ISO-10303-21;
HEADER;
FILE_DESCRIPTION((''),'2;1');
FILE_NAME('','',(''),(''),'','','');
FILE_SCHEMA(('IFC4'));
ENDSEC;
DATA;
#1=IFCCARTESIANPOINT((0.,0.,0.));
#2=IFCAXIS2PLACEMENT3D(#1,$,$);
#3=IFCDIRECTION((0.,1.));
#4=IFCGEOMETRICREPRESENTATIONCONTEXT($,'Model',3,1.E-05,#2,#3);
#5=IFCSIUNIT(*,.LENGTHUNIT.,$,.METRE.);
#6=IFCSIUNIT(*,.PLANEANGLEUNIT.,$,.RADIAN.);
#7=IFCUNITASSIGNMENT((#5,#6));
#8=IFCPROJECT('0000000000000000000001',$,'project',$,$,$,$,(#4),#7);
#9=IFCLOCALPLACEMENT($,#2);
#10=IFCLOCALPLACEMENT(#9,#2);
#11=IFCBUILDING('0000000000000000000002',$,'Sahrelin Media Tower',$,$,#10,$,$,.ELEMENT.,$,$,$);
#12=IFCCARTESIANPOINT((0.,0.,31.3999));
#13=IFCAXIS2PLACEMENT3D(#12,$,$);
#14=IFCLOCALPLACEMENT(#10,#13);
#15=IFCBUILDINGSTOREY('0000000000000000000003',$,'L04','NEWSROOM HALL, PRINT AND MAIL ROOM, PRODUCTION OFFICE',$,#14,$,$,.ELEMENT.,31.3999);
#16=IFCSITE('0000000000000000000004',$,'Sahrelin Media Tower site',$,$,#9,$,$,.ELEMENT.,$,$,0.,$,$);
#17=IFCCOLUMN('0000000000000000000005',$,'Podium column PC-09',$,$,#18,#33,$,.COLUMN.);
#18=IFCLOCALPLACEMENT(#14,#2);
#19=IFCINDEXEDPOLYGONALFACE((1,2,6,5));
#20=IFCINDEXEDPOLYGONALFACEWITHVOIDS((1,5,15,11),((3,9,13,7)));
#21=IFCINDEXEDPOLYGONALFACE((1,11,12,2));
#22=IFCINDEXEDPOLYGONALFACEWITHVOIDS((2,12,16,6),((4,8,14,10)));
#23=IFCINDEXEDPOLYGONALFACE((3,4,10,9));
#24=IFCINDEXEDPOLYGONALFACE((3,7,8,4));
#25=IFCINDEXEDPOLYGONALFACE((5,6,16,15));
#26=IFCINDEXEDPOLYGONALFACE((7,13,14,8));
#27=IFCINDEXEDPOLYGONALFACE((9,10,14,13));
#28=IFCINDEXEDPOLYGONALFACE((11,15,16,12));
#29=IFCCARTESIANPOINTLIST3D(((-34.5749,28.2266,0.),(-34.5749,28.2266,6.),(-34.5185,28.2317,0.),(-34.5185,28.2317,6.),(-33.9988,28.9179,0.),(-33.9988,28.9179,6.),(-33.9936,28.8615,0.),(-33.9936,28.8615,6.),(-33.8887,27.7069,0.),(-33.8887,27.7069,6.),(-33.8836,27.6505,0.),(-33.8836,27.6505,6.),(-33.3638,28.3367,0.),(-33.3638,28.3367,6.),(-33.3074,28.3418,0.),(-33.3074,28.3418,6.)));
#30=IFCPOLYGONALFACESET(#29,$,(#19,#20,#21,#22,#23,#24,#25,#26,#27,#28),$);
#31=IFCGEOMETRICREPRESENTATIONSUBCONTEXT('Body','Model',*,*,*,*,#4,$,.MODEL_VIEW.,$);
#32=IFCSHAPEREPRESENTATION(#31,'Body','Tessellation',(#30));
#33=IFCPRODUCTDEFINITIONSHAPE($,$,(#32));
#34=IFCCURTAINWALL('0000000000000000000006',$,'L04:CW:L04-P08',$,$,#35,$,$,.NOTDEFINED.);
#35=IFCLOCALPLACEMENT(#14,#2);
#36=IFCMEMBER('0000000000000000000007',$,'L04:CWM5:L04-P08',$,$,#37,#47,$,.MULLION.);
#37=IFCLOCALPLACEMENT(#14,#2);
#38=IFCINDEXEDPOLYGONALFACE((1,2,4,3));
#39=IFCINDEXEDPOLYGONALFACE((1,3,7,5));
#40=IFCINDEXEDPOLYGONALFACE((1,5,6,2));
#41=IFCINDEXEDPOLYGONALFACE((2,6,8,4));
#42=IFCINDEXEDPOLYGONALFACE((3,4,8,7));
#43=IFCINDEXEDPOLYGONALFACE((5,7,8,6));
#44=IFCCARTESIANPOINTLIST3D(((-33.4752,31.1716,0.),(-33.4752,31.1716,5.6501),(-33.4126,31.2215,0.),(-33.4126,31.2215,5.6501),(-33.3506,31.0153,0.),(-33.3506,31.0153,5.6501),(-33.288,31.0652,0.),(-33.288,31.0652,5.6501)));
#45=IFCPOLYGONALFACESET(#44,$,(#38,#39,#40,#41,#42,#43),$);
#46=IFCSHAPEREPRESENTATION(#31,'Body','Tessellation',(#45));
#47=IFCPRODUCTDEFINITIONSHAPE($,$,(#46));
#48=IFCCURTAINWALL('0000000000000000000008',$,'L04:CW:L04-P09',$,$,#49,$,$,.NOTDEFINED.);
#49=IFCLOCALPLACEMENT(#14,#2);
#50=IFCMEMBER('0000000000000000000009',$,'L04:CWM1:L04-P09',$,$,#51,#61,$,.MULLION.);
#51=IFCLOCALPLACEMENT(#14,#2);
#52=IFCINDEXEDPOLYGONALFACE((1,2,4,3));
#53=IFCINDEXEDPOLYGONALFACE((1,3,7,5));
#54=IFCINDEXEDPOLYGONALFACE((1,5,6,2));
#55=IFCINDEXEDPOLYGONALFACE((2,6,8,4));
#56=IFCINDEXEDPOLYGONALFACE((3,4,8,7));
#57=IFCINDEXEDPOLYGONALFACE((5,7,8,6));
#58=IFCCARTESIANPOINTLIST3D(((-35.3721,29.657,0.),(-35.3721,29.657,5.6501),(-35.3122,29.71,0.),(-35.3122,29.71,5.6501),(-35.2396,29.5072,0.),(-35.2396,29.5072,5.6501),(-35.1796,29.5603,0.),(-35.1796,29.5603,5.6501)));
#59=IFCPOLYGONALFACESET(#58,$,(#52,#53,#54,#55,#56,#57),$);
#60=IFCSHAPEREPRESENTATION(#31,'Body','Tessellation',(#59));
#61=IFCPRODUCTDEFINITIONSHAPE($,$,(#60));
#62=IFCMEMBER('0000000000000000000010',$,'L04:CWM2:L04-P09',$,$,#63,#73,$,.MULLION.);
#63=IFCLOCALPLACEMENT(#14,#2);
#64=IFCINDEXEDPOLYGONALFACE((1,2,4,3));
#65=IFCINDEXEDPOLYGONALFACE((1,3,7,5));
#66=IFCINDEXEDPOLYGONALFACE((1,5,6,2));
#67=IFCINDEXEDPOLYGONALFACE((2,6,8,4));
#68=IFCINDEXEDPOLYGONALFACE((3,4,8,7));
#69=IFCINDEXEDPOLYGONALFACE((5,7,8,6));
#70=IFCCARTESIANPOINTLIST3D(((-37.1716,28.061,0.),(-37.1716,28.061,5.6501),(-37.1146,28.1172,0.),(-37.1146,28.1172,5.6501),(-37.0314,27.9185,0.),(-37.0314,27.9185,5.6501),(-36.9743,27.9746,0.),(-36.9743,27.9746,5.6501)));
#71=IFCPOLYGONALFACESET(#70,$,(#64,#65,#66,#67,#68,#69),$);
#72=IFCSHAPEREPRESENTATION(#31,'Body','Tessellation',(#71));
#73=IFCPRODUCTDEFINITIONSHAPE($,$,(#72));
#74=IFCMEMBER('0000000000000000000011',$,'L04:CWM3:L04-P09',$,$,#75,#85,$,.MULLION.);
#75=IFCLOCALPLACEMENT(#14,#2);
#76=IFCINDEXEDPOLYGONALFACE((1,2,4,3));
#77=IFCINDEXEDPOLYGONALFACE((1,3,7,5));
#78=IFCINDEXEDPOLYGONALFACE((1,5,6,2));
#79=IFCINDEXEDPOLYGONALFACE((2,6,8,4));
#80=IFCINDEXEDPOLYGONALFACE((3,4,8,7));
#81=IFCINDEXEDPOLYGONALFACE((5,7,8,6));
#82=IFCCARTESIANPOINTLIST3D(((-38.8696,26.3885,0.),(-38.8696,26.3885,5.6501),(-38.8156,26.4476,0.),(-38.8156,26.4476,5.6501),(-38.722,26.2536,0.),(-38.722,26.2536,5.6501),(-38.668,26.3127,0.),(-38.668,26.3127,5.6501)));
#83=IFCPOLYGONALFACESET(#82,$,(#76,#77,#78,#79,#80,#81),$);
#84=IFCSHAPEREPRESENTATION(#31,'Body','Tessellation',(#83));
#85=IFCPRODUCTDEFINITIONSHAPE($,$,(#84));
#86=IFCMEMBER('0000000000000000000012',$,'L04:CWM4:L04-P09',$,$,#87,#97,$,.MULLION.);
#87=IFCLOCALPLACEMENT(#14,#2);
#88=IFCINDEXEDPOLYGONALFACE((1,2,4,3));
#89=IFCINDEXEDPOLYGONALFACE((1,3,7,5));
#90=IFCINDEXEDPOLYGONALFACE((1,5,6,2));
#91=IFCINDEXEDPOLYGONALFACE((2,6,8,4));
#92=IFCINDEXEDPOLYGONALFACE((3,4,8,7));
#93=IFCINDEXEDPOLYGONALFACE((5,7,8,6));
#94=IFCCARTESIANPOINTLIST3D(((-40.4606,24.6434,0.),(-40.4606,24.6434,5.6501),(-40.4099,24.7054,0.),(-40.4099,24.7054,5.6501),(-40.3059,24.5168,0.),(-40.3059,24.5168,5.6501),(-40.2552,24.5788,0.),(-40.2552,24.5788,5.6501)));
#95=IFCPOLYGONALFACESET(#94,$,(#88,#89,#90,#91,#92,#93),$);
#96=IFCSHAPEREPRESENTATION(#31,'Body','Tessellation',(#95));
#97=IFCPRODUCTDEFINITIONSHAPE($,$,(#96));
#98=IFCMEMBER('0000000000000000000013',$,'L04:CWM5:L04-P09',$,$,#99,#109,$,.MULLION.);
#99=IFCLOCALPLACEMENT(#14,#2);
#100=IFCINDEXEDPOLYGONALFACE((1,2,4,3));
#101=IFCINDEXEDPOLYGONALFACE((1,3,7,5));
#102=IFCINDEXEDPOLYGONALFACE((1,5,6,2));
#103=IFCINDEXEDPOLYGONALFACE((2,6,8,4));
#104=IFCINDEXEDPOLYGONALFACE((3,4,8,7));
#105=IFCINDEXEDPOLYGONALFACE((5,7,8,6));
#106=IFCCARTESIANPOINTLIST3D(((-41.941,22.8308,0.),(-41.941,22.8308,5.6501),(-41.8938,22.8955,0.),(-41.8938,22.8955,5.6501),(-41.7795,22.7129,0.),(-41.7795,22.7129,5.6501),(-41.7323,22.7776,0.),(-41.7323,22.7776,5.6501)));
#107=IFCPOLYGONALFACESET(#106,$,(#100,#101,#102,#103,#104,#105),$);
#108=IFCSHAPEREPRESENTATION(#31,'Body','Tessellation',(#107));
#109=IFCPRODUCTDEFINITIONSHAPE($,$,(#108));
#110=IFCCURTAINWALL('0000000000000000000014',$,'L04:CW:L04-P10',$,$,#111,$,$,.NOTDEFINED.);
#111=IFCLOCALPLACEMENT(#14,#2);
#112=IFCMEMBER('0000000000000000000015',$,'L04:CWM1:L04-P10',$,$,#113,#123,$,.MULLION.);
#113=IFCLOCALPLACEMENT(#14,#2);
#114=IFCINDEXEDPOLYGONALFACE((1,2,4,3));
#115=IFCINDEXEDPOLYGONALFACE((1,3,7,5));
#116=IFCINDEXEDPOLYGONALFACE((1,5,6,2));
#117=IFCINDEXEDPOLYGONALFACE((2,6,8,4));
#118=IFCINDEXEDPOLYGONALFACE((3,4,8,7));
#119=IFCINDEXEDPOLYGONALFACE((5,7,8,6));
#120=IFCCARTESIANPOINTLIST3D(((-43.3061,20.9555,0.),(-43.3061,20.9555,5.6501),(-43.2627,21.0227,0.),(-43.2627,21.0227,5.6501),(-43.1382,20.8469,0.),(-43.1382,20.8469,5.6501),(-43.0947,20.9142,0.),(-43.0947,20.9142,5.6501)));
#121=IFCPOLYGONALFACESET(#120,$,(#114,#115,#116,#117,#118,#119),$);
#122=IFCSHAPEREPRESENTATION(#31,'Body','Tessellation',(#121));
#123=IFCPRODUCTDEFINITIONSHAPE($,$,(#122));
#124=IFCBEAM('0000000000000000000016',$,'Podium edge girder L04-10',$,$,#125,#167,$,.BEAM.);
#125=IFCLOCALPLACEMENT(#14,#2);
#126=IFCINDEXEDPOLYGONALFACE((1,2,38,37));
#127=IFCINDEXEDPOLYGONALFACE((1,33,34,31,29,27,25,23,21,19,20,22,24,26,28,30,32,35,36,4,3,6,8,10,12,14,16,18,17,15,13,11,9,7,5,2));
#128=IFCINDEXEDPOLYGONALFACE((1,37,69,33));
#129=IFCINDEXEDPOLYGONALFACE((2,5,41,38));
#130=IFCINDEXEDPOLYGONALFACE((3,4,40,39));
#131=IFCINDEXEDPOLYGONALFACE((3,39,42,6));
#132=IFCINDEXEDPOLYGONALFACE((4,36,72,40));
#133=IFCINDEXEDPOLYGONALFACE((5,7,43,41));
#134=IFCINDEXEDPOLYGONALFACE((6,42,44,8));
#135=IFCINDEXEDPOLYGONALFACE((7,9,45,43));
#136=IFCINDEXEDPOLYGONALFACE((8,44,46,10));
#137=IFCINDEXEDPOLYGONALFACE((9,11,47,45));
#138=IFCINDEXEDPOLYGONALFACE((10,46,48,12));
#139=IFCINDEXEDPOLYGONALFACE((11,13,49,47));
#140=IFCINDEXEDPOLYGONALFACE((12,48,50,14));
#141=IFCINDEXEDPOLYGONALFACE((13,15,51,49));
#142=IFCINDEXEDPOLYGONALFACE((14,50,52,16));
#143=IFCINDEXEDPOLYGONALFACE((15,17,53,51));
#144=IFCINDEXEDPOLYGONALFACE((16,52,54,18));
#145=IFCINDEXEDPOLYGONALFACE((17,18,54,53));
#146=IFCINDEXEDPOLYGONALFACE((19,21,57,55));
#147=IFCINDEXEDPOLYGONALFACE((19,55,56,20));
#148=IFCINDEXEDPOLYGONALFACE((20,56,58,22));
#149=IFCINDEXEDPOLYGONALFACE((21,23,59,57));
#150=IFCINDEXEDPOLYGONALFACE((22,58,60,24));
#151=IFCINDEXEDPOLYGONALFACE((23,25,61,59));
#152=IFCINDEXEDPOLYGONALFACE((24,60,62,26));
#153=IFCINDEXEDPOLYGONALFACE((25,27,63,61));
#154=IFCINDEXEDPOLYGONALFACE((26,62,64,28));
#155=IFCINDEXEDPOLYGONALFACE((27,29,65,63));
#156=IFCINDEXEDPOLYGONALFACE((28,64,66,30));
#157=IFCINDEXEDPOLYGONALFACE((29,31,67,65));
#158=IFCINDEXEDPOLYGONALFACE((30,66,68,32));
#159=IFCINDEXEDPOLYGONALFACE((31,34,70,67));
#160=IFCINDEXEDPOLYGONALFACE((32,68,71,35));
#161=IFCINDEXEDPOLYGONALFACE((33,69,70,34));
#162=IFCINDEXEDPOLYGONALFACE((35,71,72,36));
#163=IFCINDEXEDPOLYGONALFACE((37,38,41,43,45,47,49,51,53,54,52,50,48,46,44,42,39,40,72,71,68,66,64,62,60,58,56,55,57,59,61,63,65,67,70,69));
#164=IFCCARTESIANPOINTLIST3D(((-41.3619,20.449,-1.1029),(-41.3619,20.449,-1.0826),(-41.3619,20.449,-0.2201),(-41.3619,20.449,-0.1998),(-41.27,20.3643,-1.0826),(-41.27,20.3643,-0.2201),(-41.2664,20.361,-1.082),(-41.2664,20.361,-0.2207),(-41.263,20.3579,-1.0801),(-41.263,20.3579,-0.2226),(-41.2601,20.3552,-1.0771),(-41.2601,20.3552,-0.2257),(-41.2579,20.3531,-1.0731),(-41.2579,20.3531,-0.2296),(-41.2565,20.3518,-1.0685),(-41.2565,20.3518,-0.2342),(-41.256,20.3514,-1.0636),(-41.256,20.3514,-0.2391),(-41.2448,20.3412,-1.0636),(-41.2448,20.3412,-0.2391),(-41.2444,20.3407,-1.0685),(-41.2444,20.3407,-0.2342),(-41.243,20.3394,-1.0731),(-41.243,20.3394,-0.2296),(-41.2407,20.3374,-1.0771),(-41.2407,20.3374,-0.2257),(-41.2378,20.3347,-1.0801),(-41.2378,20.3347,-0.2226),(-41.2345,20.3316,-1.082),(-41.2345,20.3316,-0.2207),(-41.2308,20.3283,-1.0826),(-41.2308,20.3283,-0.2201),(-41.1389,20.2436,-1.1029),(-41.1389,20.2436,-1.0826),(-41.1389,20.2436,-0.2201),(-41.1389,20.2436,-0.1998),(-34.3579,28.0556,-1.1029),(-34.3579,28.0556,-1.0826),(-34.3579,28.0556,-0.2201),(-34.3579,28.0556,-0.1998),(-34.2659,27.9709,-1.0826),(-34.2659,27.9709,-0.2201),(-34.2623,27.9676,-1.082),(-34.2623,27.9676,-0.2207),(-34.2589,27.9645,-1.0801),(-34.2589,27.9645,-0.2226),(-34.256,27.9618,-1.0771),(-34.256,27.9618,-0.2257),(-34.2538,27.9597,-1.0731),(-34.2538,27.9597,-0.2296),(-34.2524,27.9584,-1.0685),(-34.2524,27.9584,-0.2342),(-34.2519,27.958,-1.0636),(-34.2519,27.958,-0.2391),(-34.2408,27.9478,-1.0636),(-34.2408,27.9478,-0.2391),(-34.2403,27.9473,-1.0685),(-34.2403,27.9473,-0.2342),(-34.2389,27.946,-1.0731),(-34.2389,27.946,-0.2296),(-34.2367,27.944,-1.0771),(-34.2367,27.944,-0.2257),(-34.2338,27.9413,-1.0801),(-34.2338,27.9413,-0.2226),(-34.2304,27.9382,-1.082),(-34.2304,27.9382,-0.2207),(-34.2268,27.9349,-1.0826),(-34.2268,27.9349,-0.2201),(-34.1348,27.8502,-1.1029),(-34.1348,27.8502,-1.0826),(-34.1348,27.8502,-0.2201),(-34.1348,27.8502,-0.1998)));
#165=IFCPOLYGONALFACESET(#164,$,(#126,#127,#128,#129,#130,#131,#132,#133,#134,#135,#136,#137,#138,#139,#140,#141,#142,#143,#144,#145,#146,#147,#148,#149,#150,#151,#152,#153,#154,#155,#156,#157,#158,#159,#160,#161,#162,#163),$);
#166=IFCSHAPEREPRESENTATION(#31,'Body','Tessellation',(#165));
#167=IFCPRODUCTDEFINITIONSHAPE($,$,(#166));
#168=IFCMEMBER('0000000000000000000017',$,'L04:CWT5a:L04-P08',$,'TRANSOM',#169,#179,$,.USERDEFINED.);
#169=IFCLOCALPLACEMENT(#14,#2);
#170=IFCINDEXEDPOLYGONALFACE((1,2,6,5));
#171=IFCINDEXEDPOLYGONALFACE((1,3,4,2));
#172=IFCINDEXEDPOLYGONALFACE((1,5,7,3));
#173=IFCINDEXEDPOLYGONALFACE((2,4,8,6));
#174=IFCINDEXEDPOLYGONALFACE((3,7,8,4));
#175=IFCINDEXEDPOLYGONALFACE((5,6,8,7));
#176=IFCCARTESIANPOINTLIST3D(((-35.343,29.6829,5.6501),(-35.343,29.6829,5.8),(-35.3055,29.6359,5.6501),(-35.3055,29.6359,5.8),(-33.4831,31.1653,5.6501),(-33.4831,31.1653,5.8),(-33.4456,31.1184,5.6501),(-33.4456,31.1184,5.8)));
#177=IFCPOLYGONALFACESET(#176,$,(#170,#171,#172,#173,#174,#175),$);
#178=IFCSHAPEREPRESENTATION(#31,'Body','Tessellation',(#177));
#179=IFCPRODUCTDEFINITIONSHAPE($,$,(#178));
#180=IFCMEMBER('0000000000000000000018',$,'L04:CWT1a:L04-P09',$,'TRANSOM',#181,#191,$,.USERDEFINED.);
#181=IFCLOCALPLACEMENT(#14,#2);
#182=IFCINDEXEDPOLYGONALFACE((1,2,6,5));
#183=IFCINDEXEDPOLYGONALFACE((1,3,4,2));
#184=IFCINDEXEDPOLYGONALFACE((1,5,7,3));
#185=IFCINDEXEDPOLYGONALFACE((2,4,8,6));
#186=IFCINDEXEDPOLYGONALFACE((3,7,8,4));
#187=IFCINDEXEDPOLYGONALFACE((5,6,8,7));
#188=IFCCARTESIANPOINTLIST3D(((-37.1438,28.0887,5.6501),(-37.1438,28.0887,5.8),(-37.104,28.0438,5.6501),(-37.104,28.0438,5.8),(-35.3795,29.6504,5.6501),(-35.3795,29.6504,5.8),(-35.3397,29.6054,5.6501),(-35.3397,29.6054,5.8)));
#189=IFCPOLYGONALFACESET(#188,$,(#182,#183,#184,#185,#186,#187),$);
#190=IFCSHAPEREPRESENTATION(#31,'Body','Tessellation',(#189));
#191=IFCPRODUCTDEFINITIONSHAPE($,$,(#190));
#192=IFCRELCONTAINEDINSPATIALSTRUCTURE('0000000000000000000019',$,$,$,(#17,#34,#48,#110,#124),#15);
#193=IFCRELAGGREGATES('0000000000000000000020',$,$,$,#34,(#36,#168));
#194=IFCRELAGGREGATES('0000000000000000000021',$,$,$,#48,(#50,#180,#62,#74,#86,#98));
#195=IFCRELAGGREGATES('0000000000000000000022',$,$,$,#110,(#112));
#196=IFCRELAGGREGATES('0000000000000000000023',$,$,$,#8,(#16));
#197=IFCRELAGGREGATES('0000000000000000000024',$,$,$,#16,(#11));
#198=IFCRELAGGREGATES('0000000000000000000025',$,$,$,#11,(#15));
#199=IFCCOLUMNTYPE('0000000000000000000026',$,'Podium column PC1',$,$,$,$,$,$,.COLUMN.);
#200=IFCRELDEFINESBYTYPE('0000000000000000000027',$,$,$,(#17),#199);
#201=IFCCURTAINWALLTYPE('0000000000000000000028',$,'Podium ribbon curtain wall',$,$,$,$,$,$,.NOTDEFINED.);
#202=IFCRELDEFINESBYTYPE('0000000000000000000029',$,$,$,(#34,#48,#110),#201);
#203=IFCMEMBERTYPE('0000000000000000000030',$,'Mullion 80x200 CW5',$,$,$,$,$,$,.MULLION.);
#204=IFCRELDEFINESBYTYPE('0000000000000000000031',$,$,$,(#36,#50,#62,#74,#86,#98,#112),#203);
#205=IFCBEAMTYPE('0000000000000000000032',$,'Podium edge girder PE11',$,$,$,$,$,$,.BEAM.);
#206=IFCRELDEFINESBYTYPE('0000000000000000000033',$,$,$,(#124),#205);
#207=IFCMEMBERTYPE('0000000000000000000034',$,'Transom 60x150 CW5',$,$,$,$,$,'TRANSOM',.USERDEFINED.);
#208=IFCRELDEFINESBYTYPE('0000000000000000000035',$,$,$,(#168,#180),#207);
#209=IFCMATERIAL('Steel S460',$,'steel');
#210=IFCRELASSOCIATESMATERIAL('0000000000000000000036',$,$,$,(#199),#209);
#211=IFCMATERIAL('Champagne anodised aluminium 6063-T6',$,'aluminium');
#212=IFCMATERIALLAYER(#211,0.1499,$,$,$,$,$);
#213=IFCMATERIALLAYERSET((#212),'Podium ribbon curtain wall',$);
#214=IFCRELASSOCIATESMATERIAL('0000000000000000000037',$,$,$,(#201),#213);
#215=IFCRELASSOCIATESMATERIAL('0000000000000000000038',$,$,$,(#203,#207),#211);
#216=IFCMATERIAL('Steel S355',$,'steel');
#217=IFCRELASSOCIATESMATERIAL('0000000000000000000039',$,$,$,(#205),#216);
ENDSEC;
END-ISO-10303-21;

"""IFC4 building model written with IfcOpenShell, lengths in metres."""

from ifc_helpers import new_model, si_unit, direction, frame, origin, origin_2d, place, context, subcontext, project, spatial, rectangle, hollow_rectangle, i_section, extrude, material, layer, layer_set, material_profile, profile_set, type_object, element, aggregate, save


model = new_model("IFC4")

# Units and contexts
model_context = context("Model", 3, precision=1e-05, world=origin(), true_north=direction((0.0, 1.0)))
body_context = subcontext(model_context, "Body", "Model", "MODEL_VIEW")
ifc_project = project(units=[si_unit("LENGTHUNIT", "METRE"), si_unit("PLANEANGLEUNIT", "RADIAN")], contexts=[model_context])

# Site, building, storey
site_placement = place(None, origin())
site = spatial("IfcSite", under=ifc_project, at=site_placement, Name="Sahrelin Media Tower site", CompositionType="ELEMENT", RefElevation=0.0)
building_placement = place(site_placement, origin())
building = spatial("IfcBuilding", under=site, at=building_placement, Name="Sahrelin Media Tower", CompositionType="ELEMENT")
storey_placement = place(building_placement, frame((0.0, 0.0, 31.3999)))
storey = spatial("IfcBuildingStorey", under=building, at=storey_placement, Name="L04", Description="NEWSROOM HALL, PRINT AND MAIL ROOM, PRODUCTION OFFICE", CompositionType="ELEMENT", Elevation=31.3999)

# Column
ifc_material_1 = material(Name="Steel S460", Category="steel")
ifc_material_profile_1 = material_profile(ifc_material_1, hollow_rectangle(XDim=0.8999, YDim=0.8999, WallThickness=0.04, at=origin_2d()), Name="Podium column PC1")
ifc_profile_set_1 = profile_set([ifc_material_profile_1], Name="Steel S460")
column_type = type_object("IfcColumnType", Name="Podium column PC1", PredefinedType="COLUMN", material=ifc_profile_set_1)
column_placement = place(storey_placement, frame((-33.9412, 28.2842, 0.0), z_axis=(0.0, 0.0, 1.0), x_axis=(-0.768221, 0.640185, 0.0)))
element("IfcColumn", 1, at=column_placement, inside=storey, type_object=column_type, Name="Podium column PC-09", PredefinedType="COLUMN", context=body_context, shape_type="SweptSolid", body=[
    extrude(hollow_rectangle(XDim=0.8999, YDim=0.8999, WallThickness=0.04, at=origin_2d()), origin(), (0.0, 0.0, 1.0), 6.0),
])

# Curtain wall, member
ifc_material_2 = material(Name="Champagne anodised aluminium 6063-T6", Category="aluminium")
ifc_layer_1 = layer(ifc_material_2, 0.1499)
ifc_layer_set_1 = layer_set([ifc_layer_1], Name="Podium ribbon curtain wall")
curtain_wall_type = type_object("IfcCurtainWallType", Name="Podium ribbon curtain wall", PredefinedType="NOTDEFINED", material=ifc_layer_set_1)
curtain_wall_1_placement = place(storey_placement, frame((-25.0, 36.373, 0.0), z_axis=(0.0, 0.0, 1.0), x_axis=(1.0, 0.0, 0.0)))
curtain_wall_1 = element("IfcCurtainWall", 2, at=curtain_wall_1_placement, inside=storey, type_object=curtain_wall_type, Name="L04:CW:L04-P08", PredefinedType="NOTDEFINED")
ifc_material_profile_2 = material_profile(ifc_material_2, rectangle(XDim=0.0801, YDim=0.2, at=origin_2d()), Name="Mullion 80x200")
ifc_profile_set_2 = profile_set([ifc_material_profile_2], Name="Champagne anodised aluminium 6063-T6")
member_type_1 = type_object("IfcMemberType", Name="Mullion 80x200 CW5", PredefinedType="MULLION", material=ifc_profile_set_2)
member_1_placement = place(storey_placement, frame((-33.3816, 31.1184, 0.0), z_axis=(0.0, 0.0, 1.0), x_axis=(-0.78196, -0.623328, 0.0)))
member_1 = element("IfcMember", 3, at=member_1_placement, type_object=member_type_1, Name="L04:CWM5:L04-P08", PredefinedType="MULLION", context=body_context, shape_type="SweptSolid", body=[
    extrude(rectangle(XDim=0.0801, YDim=0.2, at=origin_2d()), origin(), (0.0, 0.0, 1.0), 5.6501),
])

# Curtain wall, members
curtain_wall_2_placement = place(storey_placement, frame((-35.3552, 29.6985, 0.0), z_axis=(0.0, 0.0, 1.0), x_axis=(1.0, 0.0, 0.0)))
curtain_wall_2 = element("IfcCurtainWall", 4, at=curtain_wall_2_placement, inside=storey, type_object=curtain_wall_type, Name="L04:CW:L04-P09", PredefinedType="NOTDEFINED")
member_2_placement = place(storey_placement, frame((-35.2759, 29.6086, 0.0), z_axis=(0.0, 0.0, 1.0), x_axis=(-0.748788, -0.66281, 0.0)))
member_2 = element("IfcMember", 5, at=member_2_placement, type_object=member_type_1, Name="L04:CWM1:L04-P09", PredefinedType="MULLION", context=body_context, shape_type="SweptSolid", body=[
    extrude(rectangle(XDim=0.0801, YDim=0.2, at=origin_2d()), origin(), (0.0, 0.0, 1.0), 5.6501),
])
member_3_placement = place(storey_placement, frame((-37.073, 28.0178, 0.0), z_axis=(0.0, 0.0, 1.0), x_axis=(-0.712974, -0.701191, 0.0)))
member_3 = element("IfcMember", 6, at=member_3_placement, type_object=member_type_1, Name="L04:CWM2:L04-P09", PredefinedType="MULLION", context=body_context, shape_type="SweptSolid", body=[
    extrude(rectangle(XDim=0.0801, YDim=0.2, at=origin_2d()), origin(), (0.0, 0.0, 1.0), 5.6501),
])
member_4_placement = place(storey_placement, frame((-38.7688, 26.3506, 0.0), z_axis=(0.0, 0.0, 1.0), x_axis=(-0.67443, -0.738339, 0.0)))
member_4 = element("IfcMember", 7, at=member_4_placement, type_object=member_type_1, Name="L04:CWM3:L04-P09", PredefinedType="MULLION", context=body_context, shape_type="SweptSolid", body=[
    extrude(rectangle(XDim=0.0801, YDim=0.2, at=origin_2d()), origin(), (0.0, 0.0, 1.0), 5.6501),
])
member_5_placement = place(storey_placement, frame((-40.3579, 24.6111, 0.0), z_axis=(0.0, 0.0, 1.0), x_axis=(-0.633235, -0.77396, 0.0)))
member_5 = element("IfcMember", 8, at=member_5_placement, type_object=member_type_1, Name="L04:CWM4:L04-P09", PredefinedType="MULLION", context=body_context, shape_type="SweptSolid", body=[
    extrude(rectangle(XDim=0.0801, YDim=0.2, at=origin_2d()), origin(), (0.0, 0.0, 1.0), 5.6501),
])
member_6_placement = place(storey_placement, frame((-41.8367, 22.8042, 0.0), z_axis=(0.0, 0.0, 1.0), x_axis=(-0.589385, -0.807852, 0.0)))
member_6 = element("IfcMember", 9, at=member_6_placement, type_object=member_type_1, Name="L04:CWM5:L04-P09", PredefinedType="MULLION", context=body_context, shape_type="SweptSolid", body=[
    extrude(rectangle(XDim=0.0801, YDim=0.2, at=origin_2d()), origin(), (0.0, 0.0, 1.0), 5.6501),
])

# Curtain wall, member
curtain_wall_3_placement = place(storey_placement, frame((-43.3013, 21.0, 0.0), z_axis=(0.0, 0.0, 1.0), x_axis=(1.0, 0.0, 0.0)))
curtain_wall_3 = element("IfcCurtainWall", 10, at=curtain_wall_3_placement, inside=storey, type_object=curtain_wall_type, Name="L04:CW:L04-P10", PredefinedType="NOTDEFINED")
member_7_placement = place(storey_placement, frame((-43.2004, 20.9348, 0.0), z_axis=(0.0, 0.0, 1.0), x_axis=(-0.54283, -0.839843, 0.0)))
member_7 = element("IfcMember", 11, at=member_7_placement, type_object=member_type_1, Name="L04:CWM1:L04-P10", PredefinedType="MULLION", context=body_context, shape_type="SweptSolid", body=[
    extrude(rectangle(XDim=0.0801, YDim=0.2, at=origin_2d()), origin(), (0.0, 0.0, 1.0), 5.6501),
])

# Beam
ifc_material_3 = material(Name="Steel S355", Category="steel")
ifc_material_profile_3 = material_profile(ifc_material_3, i_section(OverallWidth=0.3032, OverallDepth=0.9031, WebThickness=0.0151, FlangeThickness=0.0203, FilletRadius=0.019, at=origin_2d()), Name="UB 914x305x201")
ifc_profile_set_3 = profile_set([ifc_material_profile_3], Name="Steel S355")
beam_type = type_object("IfcBeamType", Name="Podium edge girder PE11", PredefinedType="BEAM", material=ifc_profile_set_3)
beam_placement = place(storey_placement, frame((-34.2463, 27.9529, -0.6514), z_axis=(-0.677371, -0.735642, 0.0), x_axis=(0.735642, -0.677371, 0.0)))
element("IfcBeam", 12, at=beam_placement, inside=storey, type_object=beam_type, Name="Podium edge girder L04-10", PredefinedType="BEAM", context=body_context, shape_type="SweptSolid", body=[
    extrude(i_section(OverallWidth=0.3032, OverallDepth=0.9031, WebThickness=0.0151, FlangeThickness=0.0203, FilletRadius=0.019, at=origin_2d()), origin(), (0.0, 0.0, 1.0), 10.3401),
])

# Members
ifc_material_profile_4 = material_profile(ifc_material_2, rectangle(XDim=0.0601, YDim=0.1499, at=origin_2d()), Name="Transom 60x150")
ifc_profile_set_4 = profile_set([ifc_material_profile_4], Name="Champagne anodised aluminium 6063-T6")
member_type_2 = type_object("IfcMemberType", Name="Transom 60x150 CW5", ElementType="TRANSOM", PredefinedType="USERDEFINED", material=ifc_profile_set_4)
member_8_placement = place(storey_placement, frame((-33.4644, 31.1418, 5.7251), z_axis=(-0.781989, -0.623292, 0.0), x_axis=(0.623292, -0.781989, 0.0)))
member_8 = element("IfcMember", 13, at=member_8_placement, type_object=member_type_2, Name="L04:CWT5a:L04-P08", ObjectType="TRANSOM", PredefinedType="USERDEFINED", context=body_context, shape_type="SweptSolid", body=[
    extrude(rectangle(XDim=0.0601, YDim=0.1499, at=origin_2d()), origin(), (0.0, 0.0, 1.0), 2.3784),
])
member_9_placement = place(storey_placement, frame((-35.3596, 29.6279, 5.7251), z_axis=(-0.748797, -0.6628, 0.0), x_axis=(0.6628, -0.748797, 0.0)))
member_9 = element("IfcMember", 14, at=member_9_placement, type_object=member_type_2, Name="L04:CWT1a:L04-P09", ObjectType="TRANSOM", PredefinedType="USERDEFINED", context=body_context, shape_type="SweptSolid", body=[
    extrude(rectangle(XDim=0.0601, YDim=0.1499, at=origin_2d()), origin(), (0.0, 0.0, 1.0), 2.3562),
])

aggregate(curtain_wall_1, [member_1, member_8])
aggregate(curtain_wall_2, [member_2, member_9, member_3, member_4, member_5, member_6])
aggregate(curtain_wall_3, [member_7])

save(model, "model.ifc")
